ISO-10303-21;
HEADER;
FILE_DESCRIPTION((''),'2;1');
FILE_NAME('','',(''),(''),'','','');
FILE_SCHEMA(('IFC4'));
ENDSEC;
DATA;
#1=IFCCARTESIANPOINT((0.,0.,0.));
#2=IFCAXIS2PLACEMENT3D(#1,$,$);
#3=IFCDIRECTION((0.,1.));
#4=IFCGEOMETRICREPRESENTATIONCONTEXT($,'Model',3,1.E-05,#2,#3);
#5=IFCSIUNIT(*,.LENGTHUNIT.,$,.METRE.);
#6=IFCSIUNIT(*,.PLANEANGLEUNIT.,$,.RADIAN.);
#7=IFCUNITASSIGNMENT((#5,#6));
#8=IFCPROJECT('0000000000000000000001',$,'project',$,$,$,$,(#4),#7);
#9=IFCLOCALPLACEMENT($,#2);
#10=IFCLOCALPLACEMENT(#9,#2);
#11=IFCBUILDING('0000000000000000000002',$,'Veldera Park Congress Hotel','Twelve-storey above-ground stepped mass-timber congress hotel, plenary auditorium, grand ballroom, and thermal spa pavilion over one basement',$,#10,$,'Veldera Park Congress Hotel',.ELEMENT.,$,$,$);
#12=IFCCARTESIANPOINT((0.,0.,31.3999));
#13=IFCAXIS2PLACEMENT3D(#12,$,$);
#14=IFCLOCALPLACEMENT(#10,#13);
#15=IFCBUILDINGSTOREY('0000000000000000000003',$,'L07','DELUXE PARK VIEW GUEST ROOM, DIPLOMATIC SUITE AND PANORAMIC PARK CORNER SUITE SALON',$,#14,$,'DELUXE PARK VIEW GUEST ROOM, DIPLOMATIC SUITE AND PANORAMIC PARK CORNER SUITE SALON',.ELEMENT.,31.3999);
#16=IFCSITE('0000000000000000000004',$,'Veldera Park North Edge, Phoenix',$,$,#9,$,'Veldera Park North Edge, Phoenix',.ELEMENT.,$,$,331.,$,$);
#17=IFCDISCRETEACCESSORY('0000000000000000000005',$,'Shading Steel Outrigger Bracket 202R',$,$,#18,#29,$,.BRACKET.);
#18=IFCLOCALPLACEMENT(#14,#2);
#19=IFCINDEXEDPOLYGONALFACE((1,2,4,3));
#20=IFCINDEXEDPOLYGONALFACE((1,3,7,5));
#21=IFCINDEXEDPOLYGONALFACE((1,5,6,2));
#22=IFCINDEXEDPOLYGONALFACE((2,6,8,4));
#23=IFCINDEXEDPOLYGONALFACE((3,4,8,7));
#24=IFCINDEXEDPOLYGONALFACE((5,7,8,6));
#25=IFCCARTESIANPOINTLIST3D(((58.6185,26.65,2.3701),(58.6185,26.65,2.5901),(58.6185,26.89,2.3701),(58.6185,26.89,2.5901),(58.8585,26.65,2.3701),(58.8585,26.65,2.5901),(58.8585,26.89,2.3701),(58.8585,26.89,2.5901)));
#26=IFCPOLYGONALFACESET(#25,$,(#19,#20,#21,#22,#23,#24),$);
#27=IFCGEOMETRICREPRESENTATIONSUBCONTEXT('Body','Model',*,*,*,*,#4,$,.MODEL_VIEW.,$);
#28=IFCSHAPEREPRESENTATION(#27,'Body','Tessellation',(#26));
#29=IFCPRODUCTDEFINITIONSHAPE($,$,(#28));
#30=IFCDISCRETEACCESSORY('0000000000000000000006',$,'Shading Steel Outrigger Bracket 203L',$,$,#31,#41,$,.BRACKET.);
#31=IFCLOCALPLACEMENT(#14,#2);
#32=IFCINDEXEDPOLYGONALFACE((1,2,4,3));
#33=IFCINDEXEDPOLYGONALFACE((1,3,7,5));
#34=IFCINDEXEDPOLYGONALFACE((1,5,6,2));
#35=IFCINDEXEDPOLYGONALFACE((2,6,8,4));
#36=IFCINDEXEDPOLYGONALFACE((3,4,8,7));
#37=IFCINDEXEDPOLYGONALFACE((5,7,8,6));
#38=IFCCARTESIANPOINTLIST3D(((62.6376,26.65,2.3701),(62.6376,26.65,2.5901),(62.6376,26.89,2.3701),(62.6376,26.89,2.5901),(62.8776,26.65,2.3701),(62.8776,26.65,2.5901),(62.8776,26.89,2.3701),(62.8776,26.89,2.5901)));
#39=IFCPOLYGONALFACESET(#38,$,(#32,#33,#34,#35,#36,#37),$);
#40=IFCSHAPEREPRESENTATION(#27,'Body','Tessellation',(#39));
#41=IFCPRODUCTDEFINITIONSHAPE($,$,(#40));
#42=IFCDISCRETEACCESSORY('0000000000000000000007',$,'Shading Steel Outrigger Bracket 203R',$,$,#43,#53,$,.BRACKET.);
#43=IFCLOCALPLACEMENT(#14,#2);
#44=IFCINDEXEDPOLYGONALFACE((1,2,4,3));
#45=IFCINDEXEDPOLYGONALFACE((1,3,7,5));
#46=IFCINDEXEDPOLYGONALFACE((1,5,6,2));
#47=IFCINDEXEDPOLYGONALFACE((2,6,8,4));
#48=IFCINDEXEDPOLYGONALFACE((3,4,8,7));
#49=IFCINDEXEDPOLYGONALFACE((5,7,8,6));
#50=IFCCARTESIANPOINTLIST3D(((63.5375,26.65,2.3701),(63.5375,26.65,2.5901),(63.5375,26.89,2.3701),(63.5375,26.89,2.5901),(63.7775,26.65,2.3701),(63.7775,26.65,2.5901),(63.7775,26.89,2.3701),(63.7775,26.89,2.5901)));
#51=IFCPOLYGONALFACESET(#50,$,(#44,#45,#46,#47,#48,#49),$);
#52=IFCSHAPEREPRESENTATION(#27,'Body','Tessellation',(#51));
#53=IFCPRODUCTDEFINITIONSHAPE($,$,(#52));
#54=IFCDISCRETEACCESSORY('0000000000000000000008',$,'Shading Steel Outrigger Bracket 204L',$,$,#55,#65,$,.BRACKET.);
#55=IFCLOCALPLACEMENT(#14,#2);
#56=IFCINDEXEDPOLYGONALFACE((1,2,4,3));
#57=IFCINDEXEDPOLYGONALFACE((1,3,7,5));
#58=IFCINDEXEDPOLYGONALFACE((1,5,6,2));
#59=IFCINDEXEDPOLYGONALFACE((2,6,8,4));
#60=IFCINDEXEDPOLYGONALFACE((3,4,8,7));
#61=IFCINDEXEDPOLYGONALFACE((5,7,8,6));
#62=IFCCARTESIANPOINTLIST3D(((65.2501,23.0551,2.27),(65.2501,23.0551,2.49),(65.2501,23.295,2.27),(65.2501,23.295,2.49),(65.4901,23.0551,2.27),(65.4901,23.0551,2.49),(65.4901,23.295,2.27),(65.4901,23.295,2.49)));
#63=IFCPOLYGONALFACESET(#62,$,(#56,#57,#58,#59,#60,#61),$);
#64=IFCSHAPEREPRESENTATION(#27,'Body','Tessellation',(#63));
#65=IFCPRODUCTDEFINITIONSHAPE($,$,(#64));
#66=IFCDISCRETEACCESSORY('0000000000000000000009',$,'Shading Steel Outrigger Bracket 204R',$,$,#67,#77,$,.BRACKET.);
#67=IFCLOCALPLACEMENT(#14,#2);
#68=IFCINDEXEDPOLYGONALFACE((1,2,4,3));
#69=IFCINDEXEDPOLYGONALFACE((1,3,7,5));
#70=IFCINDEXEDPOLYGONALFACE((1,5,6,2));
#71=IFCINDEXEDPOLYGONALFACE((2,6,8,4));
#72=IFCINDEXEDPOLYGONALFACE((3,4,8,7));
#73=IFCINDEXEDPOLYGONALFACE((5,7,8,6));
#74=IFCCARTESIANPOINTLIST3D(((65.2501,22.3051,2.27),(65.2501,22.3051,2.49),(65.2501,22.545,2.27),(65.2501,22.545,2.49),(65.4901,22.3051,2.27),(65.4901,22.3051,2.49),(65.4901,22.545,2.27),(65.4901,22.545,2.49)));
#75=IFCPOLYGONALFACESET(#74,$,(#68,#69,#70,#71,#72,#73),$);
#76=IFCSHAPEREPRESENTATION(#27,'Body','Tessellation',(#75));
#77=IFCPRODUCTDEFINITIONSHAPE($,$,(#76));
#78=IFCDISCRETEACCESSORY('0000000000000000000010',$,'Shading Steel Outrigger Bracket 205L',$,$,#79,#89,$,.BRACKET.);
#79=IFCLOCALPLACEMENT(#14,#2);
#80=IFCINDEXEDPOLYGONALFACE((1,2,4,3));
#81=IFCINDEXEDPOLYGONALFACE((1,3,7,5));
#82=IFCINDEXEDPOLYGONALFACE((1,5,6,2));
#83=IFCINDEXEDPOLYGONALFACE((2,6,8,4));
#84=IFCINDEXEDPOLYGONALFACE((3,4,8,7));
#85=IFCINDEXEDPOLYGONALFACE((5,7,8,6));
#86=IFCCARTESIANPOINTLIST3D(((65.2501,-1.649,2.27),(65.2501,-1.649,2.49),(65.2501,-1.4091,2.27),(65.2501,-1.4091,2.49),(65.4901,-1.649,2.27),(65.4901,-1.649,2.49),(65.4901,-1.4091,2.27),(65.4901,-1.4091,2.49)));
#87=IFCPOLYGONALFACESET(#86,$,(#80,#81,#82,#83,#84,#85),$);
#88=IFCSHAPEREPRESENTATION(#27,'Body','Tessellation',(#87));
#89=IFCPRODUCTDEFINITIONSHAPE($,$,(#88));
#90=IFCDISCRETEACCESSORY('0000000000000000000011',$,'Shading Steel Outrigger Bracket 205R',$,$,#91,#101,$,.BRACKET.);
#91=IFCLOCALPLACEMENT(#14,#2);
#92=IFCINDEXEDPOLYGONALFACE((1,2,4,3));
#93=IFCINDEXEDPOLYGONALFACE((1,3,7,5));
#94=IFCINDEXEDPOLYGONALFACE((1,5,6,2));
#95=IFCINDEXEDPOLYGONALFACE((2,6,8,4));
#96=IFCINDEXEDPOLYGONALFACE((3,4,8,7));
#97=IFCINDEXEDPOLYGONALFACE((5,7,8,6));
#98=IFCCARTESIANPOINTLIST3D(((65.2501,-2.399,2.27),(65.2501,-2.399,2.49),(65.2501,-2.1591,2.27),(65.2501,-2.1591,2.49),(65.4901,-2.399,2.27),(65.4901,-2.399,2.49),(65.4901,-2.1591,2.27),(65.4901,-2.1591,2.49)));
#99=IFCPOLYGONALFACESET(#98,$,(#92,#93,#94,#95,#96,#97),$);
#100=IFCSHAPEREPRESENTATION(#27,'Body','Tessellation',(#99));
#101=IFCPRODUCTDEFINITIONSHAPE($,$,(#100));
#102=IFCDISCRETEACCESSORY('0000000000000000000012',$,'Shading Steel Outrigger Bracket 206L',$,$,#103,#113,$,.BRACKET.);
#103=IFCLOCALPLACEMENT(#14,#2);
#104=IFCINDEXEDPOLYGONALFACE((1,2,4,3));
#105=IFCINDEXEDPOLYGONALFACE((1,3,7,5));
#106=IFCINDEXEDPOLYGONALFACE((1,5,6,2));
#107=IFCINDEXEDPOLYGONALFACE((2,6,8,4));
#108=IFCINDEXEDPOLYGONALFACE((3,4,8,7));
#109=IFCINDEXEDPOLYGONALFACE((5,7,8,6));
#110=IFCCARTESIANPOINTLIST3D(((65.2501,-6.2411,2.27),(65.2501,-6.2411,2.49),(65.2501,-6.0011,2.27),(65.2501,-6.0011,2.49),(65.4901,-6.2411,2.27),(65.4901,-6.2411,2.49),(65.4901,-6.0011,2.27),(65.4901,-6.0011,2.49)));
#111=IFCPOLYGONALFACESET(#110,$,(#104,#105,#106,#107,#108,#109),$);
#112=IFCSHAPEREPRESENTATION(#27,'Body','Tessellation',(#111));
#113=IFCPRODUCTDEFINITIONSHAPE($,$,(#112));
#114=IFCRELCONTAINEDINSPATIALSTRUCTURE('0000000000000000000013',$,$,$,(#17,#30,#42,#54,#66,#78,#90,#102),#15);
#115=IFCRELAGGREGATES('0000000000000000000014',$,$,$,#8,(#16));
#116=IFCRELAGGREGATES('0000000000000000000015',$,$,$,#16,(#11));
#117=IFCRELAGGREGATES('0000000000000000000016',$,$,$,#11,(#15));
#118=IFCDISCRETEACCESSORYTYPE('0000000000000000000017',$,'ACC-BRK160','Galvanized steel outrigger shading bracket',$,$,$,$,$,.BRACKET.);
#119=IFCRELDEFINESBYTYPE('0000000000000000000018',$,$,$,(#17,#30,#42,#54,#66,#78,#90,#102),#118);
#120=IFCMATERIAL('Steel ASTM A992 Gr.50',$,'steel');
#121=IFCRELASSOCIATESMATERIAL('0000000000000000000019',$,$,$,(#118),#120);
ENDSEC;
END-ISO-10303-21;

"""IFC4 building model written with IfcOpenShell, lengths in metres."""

from ifc_helpers import new_model, si_unit, direction, frame, origin, origin_2d, place, context, subcontext, project, spatial, rectangle, extrude, material, type_object, element, save


model = new_model("IFC4")

# Units and contexts
model_context = context("Model", 3, precision=1e-05, world=origin(), true_north=direction((0.0, 1.0)))
body_context = subcontext(model_context, "Body", "Model", "MODEL_VIEW")
ifc_project = project(units=[si_unit("LENGTHUNIT", "METRE"), si_unit("PLANEANGLEUNIT", "RADIAN")], contexts=[model_context])

# Site, building, storey
site_placement = place(None, origin())
site = spatial("IfcSite", under=ifc_project, at=site_placement, Name="Veldera Park North Edge, Phoenix", LongName="Veldera Park North Edge, Phoenix", CompositionType="ELEMENT", RefElevation=331.0)
building_placement = place(site_placement, origin())
building = spatial("IfcBuilding", under=site, at=building_placement, Name="Veldera Park Congress Hotel", Description="Twelve-storey above-ground stepped mass-timber congress hotel, plenary auditorium, grand ballroom, and thermal spa pavilion over one basement", LongName="Veldera Park Congress Hotel", CompositionType="ELEMENT")
storey_placement = place(building_placement, frame((0.0, 0.0, 31.3999)))
storey = spatial("IfcBuildingStorey", under=building, at=storey_placement, Name="L07", Description="DELUXE PARK VIEW GUEST ROOM, DIPLOMATIC SUITE AND PANORAMIC PARK CORNER SUITE SALON", LongName="DELUXE PARK VIEW GUEST ROOM, DIPLOMATIC SUITE AND PANORAMIC PARK CORNER SUITE SALON", CompositionType="ELEMENT", Elevation=31.3999)

# Discrete accessories
ifc_material_1 = material(Name="Steel ASTM A992 Gr.50", Category="steel")
discrete_accessory_type = type_object("IfcDiscreteAccessoryType", Name="ACC-BRK160", Description="Galvanized steel outrigger shading bracket", PredefinedType="BRACKET", material=ifc_material_1)
for number, where, z_axis, x_axis, name in (
    (1, (58.7385, 26.77, 2.3701), (0.0, 0.0, 1.0), (1.0, 0.0, 0.0), "Shading Steel Outrigger Bracket 202R"),
    (2, (62.7576, 26.77, 2.3701), (0.0, 0.0, 1.0), (1.0, 0.0, 0.0), "Shading Steel Outrigger Bracket 203L"),
    (3, (63.6575, 26.77, 2.3701), (0.0, 0.0, 1.0), (1.0, 0.0, 0.0), "Shading Steel Outrigger Bracket 203R"),
    (4, (65.3701, 23.175, 2.27), (0.0, 0.0, 1.0), (0.0, -1.0, 0.0), "Shading Steel Outrigger Bracket 204L"),
    (5, (65.3701, 22.425, 2.27), (0.0, 0.0, 1.0), (0.0, -1.0, 0.0), "Shading Steel Outrigger Bracket 204R"),
    (6, (65.3701, -1.5291, 2.27), (0.0, 0.0, 1.0), (0.0, -1.0, 0.0), "Shading Steel Outrigger Bracket 205L"),
    (7, (65.3701, -2.2791, 2.27), (0.0, 0.0, 1.0), (0.0, -1.0, 0.0), "Shading Steel Outrigger Bracket 205R"),
    (8, (65.3701, -6.1211, 2.27), (0.0, 0.0, 1.0), (0.0, -1.0, 0.0), "Shading Steel Outrigger Bracket 206L"),
):
    element("IfcDiscreteAccessory", number, at=place(storey_placement, frame(where, z_axis=z_axis, x_axis=x_axis)), inside=storey, type_object=discrete_accessory_type, Name=name, PredefinedType="BRACKET", context=body_context, shape_type="SweptSolid", body=[
        extrude(rectangle(XDim=0.24, YDim=0.24, at=origin_2d()), origin(), (0.0, 0.0, 1.0), 0.22),
    ])

save(model, "model.ifc")
